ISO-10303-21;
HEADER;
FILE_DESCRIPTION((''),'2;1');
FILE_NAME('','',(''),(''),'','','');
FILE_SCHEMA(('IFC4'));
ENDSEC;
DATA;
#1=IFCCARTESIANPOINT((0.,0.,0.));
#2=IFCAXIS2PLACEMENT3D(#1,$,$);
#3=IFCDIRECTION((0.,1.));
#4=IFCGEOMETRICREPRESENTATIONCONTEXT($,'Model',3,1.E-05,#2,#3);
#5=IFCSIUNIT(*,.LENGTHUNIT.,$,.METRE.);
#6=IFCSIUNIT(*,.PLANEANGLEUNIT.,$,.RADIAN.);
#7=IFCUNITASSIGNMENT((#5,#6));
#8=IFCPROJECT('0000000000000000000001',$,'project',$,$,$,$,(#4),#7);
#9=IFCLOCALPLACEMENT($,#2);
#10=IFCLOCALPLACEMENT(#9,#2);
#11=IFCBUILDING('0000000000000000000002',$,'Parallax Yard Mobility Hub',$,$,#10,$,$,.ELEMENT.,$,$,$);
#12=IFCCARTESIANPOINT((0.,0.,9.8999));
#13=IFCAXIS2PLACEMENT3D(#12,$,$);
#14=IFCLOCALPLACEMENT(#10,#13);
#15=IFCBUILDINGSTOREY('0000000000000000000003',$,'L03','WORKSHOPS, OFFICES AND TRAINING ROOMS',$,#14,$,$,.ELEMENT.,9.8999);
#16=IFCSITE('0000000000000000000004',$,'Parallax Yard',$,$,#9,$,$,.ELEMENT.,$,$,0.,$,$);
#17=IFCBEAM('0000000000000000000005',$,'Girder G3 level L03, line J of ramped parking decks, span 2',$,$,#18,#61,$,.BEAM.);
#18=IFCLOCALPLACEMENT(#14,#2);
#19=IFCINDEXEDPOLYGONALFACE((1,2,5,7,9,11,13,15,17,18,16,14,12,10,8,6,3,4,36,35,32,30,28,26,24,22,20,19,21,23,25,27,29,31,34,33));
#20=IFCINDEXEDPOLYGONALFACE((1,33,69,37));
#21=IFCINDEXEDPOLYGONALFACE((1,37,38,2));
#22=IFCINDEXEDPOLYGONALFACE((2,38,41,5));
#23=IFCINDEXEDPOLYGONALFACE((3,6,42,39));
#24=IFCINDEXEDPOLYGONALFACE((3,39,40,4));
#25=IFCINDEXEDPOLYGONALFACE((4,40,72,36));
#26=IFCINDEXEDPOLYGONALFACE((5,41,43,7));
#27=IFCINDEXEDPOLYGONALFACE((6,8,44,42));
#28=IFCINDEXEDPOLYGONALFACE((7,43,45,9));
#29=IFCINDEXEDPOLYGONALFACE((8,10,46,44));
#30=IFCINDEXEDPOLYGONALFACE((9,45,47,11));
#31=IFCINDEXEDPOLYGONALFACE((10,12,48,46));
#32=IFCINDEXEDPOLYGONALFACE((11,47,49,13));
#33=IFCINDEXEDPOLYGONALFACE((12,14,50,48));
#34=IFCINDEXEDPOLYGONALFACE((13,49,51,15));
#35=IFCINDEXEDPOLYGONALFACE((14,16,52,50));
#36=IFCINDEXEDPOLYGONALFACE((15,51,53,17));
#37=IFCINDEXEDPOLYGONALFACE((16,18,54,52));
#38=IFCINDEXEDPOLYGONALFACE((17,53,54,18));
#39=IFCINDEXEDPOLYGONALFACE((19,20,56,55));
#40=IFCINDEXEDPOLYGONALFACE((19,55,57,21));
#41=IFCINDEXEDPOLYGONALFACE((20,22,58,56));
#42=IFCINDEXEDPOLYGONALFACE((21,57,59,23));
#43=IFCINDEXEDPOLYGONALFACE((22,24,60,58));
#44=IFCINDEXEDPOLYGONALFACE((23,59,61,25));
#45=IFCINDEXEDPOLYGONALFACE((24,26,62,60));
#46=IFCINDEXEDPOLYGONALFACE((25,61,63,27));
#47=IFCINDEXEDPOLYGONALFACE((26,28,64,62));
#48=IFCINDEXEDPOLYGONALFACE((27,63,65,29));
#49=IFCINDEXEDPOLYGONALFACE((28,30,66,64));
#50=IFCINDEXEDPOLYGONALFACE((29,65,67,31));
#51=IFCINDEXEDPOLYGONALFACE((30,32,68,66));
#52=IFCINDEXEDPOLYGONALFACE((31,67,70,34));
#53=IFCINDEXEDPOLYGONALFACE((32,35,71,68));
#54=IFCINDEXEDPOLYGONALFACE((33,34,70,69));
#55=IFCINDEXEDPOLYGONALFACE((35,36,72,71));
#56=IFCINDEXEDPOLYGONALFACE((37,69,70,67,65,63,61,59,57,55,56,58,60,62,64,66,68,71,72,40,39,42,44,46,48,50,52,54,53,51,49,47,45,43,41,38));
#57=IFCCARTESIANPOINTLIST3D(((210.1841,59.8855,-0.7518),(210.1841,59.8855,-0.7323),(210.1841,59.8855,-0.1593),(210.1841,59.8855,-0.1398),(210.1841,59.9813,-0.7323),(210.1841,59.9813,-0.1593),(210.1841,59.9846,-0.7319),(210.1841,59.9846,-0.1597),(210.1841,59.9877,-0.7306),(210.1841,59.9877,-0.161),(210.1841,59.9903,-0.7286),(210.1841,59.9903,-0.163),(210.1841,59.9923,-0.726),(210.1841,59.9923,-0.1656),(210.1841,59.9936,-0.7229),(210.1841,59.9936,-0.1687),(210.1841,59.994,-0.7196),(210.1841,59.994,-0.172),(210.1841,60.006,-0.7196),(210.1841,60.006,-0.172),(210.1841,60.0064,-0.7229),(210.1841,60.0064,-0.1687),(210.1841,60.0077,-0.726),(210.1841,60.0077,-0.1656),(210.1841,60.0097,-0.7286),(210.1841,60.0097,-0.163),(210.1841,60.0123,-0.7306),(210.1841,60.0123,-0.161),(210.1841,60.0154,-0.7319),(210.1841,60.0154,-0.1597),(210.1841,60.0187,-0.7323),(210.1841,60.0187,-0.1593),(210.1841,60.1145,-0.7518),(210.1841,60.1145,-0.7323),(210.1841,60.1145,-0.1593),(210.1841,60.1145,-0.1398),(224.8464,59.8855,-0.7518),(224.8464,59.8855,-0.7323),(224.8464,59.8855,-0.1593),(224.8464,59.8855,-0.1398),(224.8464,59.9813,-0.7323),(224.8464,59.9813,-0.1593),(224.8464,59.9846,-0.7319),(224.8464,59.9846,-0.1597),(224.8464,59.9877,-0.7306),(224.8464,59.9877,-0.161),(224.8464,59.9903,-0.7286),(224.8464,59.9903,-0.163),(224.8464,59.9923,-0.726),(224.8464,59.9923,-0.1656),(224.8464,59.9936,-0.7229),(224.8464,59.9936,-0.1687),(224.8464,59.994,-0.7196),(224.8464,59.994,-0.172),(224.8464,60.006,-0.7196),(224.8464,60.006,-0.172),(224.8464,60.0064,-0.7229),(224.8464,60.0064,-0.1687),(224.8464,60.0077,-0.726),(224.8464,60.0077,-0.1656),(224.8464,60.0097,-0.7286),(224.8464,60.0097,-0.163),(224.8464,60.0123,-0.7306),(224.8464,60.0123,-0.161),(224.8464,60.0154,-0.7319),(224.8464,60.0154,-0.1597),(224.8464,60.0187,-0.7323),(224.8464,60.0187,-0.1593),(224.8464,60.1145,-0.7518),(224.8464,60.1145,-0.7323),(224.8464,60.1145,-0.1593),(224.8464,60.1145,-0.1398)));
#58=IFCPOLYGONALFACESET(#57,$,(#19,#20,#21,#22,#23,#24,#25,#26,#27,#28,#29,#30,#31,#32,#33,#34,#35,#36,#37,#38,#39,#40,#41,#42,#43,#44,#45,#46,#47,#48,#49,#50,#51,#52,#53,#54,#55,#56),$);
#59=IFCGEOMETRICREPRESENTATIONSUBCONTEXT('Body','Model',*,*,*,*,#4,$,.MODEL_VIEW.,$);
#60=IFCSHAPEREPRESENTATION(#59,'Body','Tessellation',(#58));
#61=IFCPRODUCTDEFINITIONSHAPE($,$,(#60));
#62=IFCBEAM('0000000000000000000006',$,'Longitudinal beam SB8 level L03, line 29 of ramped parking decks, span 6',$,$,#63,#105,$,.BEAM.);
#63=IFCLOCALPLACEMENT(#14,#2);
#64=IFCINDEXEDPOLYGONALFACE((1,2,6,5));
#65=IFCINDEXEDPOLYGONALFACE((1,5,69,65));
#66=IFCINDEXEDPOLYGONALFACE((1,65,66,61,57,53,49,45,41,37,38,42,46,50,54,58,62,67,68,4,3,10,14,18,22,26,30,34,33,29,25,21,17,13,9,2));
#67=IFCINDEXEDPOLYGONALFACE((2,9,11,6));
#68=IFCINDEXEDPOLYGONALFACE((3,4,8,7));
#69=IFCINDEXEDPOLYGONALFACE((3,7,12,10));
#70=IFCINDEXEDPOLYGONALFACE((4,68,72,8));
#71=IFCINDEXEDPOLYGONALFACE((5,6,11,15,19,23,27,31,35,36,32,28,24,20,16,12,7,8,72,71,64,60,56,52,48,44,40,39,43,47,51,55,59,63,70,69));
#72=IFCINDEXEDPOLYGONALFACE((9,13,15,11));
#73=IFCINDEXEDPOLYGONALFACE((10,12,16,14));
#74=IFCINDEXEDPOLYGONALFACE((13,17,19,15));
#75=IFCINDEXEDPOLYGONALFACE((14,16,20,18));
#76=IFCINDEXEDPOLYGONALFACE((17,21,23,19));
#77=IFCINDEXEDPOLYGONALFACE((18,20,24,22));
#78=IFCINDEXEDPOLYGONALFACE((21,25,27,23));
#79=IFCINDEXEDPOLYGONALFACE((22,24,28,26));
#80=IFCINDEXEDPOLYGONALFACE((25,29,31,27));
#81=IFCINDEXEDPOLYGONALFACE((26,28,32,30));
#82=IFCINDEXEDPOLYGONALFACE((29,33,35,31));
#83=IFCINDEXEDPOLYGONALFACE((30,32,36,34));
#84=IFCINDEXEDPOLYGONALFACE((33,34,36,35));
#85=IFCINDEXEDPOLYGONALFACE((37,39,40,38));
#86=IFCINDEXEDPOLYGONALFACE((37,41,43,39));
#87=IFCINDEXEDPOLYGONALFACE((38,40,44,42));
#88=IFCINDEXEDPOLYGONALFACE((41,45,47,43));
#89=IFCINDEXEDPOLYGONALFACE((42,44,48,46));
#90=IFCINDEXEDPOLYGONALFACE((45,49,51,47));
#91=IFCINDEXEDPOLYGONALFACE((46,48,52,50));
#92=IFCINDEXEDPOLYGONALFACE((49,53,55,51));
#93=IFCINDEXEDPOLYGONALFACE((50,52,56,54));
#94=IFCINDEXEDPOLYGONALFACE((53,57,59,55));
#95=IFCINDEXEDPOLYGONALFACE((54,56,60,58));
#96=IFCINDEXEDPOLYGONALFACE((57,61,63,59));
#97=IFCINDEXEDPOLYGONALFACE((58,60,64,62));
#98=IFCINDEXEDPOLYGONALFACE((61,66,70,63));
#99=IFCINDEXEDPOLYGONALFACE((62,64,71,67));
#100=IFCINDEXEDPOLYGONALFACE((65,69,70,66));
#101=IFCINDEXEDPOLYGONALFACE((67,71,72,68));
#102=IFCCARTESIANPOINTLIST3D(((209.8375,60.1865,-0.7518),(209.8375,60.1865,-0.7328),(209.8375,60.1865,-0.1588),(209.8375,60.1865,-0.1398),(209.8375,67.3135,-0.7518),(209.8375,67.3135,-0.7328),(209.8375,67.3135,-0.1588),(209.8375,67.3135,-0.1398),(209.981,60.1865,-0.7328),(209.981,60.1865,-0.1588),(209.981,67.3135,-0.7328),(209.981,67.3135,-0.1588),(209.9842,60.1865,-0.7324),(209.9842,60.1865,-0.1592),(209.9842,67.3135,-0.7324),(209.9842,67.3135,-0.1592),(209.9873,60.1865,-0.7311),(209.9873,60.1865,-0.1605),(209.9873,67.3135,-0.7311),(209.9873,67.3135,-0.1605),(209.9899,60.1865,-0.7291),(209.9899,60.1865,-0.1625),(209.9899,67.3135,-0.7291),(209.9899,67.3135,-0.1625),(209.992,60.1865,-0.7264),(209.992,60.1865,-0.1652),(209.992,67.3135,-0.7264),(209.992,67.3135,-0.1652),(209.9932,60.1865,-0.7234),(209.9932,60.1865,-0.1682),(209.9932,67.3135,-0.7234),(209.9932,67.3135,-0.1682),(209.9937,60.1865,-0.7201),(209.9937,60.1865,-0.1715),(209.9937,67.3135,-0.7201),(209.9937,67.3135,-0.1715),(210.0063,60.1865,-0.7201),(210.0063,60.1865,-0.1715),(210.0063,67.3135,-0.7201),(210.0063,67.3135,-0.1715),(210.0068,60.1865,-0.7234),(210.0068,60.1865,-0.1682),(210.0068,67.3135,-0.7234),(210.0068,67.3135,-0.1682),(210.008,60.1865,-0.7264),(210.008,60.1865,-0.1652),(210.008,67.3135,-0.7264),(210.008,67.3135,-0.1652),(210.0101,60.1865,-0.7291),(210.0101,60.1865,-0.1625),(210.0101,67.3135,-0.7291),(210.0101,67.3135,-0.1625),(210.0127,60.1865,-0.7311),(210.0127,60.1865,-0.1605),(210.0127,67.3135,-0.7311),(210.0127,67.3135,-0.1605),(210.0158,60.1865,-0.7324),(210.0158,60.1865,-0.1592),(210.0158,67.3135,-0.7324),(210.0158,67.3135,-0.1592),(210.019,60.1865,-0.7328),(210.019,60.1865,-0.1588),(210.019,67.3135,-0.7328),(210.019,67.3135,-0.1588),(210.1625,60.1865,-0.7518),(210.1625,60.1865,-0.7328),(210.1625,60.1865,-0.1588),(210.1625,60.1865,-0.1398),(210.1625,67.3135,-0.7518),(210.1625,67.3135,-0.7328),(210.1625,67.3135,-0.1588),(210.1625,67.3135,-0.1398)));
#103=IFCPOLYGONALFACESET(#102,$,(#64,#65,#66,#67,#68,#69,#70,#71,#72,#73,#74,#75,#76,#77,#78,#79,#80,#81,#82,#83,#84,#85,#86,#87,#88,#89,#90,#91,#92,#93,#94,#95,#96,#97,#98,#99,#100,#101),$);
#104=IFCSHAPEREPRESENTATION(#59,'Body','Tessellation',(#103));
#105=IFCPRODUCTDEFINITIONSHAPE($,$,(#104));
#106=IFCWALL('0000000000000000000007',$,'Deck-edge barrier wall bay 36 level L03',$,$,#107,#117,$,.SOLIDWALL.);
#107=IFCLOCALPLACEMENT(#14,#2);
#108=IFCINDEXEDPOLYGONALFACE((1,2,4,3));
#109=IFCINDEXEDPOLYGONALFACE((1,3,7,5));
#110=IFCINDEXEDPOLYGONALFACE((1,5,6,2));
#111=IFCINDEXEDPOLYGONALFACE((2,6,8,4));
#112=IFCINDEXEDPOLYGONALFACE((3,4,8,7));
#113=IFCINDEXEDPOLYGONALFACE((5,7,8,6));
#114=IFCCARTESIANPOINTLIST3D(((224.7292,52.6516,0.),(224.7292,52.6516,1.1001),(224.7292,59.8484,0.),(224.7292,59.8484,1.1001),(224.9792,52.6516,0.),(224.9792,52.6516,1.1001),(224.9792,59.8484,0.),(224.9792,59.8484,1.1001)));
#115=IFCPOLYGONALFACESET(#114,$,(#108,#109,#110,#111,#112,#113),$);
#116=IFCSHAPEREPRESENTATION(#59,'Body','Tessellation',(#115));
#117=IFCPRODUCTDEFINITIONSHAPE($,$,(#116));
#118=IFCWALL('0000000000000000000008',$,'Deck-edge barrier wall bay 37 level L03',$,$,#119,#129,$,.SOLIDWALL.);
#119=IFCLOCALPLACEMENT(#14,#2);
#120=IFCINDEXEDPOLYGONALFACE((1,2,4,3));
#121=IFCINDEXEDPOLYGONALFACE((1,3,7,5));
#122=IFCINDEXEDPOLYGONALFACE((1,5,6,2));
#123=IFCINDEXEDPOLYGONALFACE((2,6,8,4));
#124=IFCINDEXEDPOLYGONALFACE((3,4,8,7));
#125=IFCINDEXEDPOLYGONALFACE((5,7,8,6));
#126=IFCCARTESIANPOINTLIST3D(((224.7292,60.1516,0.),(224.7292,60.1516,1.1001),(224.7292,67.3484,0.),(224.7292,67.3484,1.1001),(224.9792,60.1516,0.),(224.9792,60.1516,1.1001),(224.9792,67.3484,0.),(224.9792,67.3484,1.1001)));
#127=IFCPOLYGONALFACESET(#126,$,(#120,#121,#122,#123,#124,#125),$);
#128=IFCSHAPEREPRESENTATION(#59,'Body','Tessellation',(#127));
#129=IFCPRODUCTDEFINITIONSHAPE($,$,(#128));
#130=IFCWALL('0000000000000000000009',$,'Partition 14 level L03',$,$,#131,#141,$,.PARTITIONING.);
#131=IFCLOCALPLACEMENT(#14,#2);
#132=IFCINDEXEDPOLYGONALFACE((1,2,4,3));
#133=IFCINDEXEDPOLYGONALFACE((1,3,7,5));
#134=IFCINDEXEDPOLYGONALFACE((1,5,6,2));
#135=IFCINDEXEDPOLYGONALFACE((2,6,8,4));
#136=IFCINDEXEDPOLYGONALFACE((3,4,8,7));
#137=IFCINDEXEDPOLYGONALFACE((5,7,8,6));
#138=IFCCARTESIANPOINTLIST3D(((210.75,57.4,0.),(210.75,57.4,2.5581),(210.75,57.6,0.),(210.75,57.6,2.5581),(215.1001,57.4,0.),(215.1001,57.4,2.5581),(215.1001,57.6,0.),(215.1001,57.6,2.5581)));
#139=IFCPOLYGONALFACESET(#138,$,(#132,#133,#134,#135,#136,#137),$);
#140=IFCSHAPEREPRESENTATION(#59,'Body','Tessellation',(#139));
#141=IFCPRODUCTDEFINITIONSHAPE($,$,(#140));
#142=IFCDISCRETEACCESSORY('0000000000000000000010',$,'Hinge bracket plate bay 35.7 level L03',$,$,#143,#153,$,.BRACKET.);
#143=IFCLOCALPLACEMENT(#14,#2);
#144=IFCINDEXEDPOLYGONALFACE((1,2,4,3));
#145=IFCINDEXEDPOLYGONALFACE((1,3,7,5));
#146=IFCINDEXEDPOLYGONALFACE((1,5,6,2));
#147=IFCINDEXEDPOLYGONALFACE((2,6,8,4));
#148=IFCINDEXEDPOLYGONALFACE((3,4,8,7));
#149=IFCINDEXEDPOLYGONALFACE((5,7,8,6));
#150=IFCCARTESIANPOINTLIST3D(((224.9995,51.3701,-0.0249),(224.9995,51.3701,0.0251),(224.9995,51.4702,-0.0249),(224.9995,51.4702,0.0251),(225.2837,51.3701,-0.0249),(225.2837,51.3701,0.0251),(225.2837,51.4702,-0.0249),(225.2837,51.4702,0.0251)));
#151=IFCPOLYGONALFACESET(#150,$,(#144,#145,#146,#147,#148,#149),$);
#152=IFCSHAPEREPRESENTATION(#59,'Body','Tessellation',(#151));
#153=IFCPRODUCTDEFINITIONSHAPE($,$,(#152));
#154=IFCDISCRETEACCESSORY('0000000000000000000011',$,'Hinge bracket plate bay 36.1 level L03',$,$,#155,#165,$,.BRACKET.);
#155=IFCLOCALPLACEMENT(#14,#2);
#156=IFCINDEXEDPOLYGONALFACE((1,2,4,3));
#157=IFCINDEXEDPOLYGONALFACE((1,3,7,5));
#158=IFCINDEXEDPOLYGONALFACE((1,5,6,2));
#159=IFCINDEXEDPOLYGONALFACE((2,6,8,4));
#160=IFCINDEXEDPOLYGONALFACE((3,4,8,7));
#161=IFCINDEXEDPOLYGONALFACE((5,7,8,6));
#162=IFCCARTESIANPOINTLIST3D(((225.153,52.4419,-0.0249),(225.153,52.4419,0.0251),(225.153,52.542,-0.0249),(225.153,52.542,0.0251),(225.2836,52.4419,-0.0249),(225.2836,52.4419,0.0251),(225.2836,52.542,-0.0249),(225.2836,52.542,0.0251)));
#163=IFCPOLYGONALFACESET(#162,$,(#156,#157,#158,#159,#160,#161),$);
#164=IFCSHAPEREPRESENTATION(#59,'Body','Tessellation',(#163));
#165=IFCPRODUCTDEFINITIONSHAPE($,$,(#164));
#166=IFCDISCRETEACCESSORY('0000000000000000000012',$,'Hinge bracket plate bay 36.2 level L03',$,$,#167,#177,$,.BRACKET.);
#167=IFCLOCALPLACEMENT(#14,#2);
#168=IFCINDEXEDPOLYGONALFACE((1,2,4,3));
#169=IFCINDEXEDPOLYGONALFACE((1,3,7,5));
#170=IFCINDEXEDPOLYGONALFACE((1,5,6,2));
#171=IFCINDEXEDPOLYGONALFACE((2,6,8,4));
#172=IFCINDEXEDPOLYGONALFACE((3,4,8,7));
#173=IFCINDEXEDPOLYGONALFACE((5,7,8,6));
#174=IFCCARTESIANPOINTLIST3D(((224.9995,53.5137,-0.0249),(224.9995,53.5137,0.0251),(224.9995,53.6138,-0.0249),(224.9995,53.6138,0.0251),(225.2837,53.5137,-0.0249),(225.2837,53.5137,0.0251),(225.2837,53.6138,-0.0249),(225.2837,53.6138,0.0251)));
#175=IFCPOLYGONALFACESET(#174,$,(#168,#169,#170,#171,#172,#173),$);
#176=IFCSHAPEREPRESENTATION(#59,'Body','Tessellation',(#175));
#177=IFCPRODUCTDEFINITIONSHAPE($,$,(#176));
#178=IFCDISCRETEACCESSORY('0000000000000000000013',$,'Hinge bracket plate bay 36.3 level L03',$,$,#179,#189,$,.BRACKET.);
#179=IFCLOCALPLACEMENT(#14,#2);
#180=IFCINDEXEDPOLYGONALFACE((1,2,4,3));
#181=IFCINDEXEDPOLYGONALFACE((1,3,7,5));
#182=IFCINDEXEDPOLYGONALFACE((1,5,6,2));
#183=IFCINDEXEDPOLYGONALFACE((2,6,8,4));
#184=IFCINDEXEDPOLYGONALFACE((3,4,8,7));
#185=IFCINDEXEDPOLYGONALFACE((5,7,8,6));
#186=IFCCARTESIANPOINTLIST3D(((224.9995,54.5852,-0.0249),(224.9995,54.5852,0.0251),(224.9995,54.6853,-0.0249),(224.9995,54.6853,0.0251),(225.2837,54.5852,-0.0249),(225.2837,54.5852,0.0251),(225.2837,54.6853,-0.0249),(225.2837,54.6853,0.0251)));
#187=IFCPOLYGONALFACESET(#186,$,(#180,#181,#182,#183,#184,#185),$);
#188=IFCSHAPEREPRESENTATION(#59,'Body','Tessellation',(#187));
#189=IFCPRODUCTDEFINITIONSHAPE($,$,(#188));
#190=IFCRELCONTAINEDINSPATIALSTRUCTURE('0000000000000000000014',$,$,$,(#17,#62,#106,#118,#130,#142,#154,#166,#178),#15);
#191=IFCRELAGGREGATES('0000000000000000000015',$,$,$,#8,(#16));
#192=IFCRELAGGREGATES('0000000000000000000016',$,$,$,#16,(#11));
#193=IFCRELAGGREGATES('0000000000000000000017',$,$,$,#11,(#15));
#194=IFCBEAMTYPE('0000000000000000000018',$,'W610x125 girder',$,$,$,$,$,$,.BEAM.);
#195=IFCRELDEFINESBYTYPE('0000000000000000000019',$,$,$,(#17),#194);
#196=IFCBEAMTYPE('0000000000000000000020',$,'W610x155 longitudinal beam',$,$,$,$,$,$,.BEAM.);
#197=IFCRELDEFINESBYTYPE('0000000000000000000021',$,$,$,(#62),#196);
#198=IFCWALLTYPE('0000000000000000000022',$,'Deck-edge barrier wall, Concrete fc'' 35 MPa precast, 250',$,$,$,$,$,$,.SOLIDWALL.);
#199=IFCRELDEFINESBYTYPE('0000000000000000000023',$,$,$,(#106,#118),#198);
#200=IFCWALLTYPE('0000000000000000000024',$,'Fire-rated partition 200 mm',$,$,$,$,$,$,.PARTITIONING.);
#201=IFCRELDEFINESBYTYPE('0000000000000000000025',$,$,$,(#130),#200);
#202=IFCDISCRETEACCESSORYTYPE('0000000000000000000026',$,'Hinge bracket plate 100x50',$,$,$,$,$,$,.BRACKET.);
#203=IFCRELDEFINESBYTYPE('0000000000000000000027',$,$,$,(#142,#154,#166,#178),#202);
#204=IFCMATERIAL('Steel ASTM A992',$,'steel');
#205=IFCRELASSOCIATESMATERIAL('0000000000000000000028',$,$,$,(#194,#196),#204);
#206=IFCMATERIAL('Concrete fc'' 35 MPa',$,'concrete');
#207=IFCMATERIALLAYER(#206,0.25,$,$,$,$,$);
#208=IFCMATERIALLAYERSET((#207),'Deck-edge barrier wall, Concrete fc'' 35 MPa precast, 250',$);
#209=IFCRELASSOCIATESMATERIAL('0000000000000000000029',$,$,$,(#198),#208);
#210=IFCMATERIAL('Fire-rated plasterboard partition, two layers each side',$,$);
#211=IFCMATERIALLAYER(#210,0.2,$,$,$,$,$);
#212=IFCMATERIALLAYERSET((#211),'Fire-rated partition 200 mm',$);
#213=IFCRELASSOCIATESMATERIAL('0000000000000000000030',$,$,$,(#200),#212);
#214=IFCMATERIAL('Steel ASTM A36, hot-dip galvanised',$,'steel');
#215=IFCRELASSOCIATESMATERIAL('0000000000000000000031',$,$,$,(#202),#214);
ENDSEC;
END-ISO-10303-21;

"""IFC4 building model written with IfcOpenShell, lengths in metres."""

from ifc_helpers import new_model, si_unit, direction, frame, frame_2d, origin, origin_2d, place, context, subcontext, project, spatial, rectangle, i_section, extrude, material, layer, layer_set, material_profile, profile_set, type_object, element, save


model = new_model("IFC4")

# Units and contexts
model_context = context("Model", 3, precision=1e-05, world=origin(), true_north=direction((0.0, 1.0)))
body_context = subcontext(model_context, "Body", "Model", "MODEL_VIEW")
ifc_project = project(units=[si_unit("LENGTHUNIT", "METRE"), si_unit("PLANEANGLEUNIT", "RADIAN")], contexts=[model_context])

# Site, building, storey
site_placement = place(None, origin())
site = spatial("IfcSite", under=ifc_project, at=site_placement, Name="Parallax Yard", CompositionType="ELEMENT", RefElevation=0.0)
building_placement = place(site_placement, origin())
building = spatial("IfcBuilding", under=site, at=building_placement, Name="Parallax Yard Mobility Hub", CompositionType="ELEMENT")
storey_placement = place(building_placement, frame((0.0, 0.0, 9.8999)))
storey = spatial("IfcBuildingStorey", under=building, at=storey_placement, Name="L03", Description="WORKSHOPS, OFFICES AND TRAINING ROOMS", CompositionType="ELEMENT", Elevation=9.8999)

# Shared definitions
ifc_material_1 = material(Name="Steel ASTM A992", Category="steel")

# Beams
ifc_material_profile_1 = material_profile(ifc_material_1, i_section(OverallWidth=0.229, OverallDepth=0.6121, WebThickness=0.012, FlangeThickness=0.0195, FilletRadius=0.0127, at=origin_2d()), Name="W610x125")
ifc_profile_set_1 = profile_set([ifc_material_profile_1], Name="Steel ASTM A992")
beam_type_1 = type_object("IfcBeamType", Name="W610x125 girder", PredefinedType="BEAM", material=ifc_profile_set_1)
for number, where, z_axis, x_axis, name in (
    (1, (210.1841, 60.0, -0.4458), (1.0, 0.0, 0.0), (0.0, 1.0, 0.0), "Girder G3 level L03, line J of ramped parking decks, span 2"),
):
    element("IfcBeam", number, at=place(storey_placement, frame(where, z_axis=z_axis, x_axis=x_axis)), inside=storey, type_object=beam_type_1, Name=name, PredefinedType="BEAM", context=body_context, shape_type="SweptSolid", body=[
        extrude(i_section(OverallWidth=0.229, OverallDepth=0.6121, WebThickness=0.012, FlangeThickness=0.0195, FilletRadius=0.0127, at=origin_2d()), origin(), (0.0, 0.0, 1.0), 14.6624),
    ])
ifc_material_profile_2 = material_profile(ifc_material_1, i_section(OverallWidth=0.325, OverallDepth=0.6121, WebThickness=0.0127, FlangeThickness=0.019, FilletRadius=0.0127, at=origin_2d()), Name="W610x155")
ifc_profile_set_2 = profile_set([ifc_material_profile_2], Name="Steel ASTM A992")
beam_type_2 = type_object("IfcBeamType", Name="W610x155 longitudinal beam", PredefinedType="BEAM", material=ifc_profile_set_2)
beam_placement = place(storey_placement, frame((210.0, 60.1865, -0.4458), z_axis=(0.0, 1.0, 0.0), x_axis=(-1.0, 0.0, 0.0)))
element("IfcBeam", 2, at=beam_placement, inside=storey, type_object=beam_type_2, Name="Longitudinal beam SB8 level L03, line 29 of ramped parking decks, span 6", PredefinedType="BEAM", context=body_context, shape_type="SweptSolid", body=[
    extrude(i_section(OverallWidth=0.325, OverallDepth=0.6121, WebThickness=0.0127, FlangeThickness=0.019, FilletRadius=0.0127, at=origin_2d()), origin(), (0.0, 0.0, 1.0), 7.127),
])

# Walls
ifc_material_2 = material(Name="Concrete fc' 35 MPa", Category="concrete")
ifc_layer_1 = layer(ifc_material_2, 0.25)
ifc_layer_set_1 = layer_set([ifc_layer_1], Name="Deck-edge barrier wall, Concrete fc' 35 MPa precast, 250")
wall_type_1 = type_object("IfcWallType", Name="Deck-edge barrier wall, Concrete fc' 35 MPa precast, 250", PredefinedType="SOLIDWALL", material=ifc_layer_set_1)
for number, where, z_axis, x_axis, name in (
    (3, (224.8542, 52.6516, 0.0), (0.0, 0.0, 1.0), (0.0, 1.0, 0.0), "Deck-edge barrier wall bay 36 level L03"),
    (4, (224.8542, 60.1516, 0.0), (0.0, 0.0, 1.0), (0.0, 1.0, 0.0), "Deck-edge barrier wall bay 37 level L03"),
):
    element("IfcWall", number, at=place(storey_placement, frame(where, z_axis=z_axis, x_axis=x_axis)), inside=storey, type_object=wall_type_1, Name=name, PredefinedType="SOLIDWALL", context=body_context, shape_type="SweptSolid", body=[
        extrude(rectangle(XDim=7.1968, YDim=0.25, at=frame_2d((3.5984, 0.0))), origin(), (0.0, 0.0, 1.0), 1.1001),
    ])
ifc_material_3 = material(Name="Fire-rated plasterboard partition, two layers each side")
ifc_layer_2 = layer(ifc_material_3, 0.2)
ifc_layer_set_2 = layer_set([ifc_layer_2], Name="Fire-rated partition 200 mm")
wall_type_2 = type_object("IfcWallType", Name="Fire-rated partition 200 mm", PredefinedType="PARTITIONING", material=ifc_layer_set_2)
wall_placement = place(storey_placement, frame((210.75, 57.5, 0.0), z_axis=(0.0, 0.0, 1.0), x_axis=(1.0, 0.0, 0.0)))
element("IfcWall", 5, at=wall_placement, inside=storey, type_object=wall_type_2, Name="Partition 14 level L03", PredefinedType="PARTITIONING", context=body_context, shape_type="SweptSolid", body=[
    extrude(rectangle(XDim=4.3501, YDim=0.2, at=frame_2d((2.175, 0.0))), origin(), (0.0, 0.0, 1.0), 2.5581),
])

# Discrete accessories
ifc_material_4 = material(Name="Steel ASTM A36, hot-dip galvanised", Category="steel")
discrete_accessory_type_1 = type_object("IfcDiscreteAccessoryType", Name="Hinge bracket plate 100x50", PredefinedType="BRACKET", material=ifc_material_4)
discrete_accessory_1_placement = place(storey_placement, frame((225.1416, 51.4202, -0.0249), z_axis=(0.0, 0.0, 1.0), x_axis=(1.0, 0.0, 0.0)))
element("IfcDiscreteAccessory", 6, at=discrete_accessory_1_placement, inside=storey, type_object=discrete_accessory_type_1, Name="Hinge bracket plate bay 35.7 level L03", PredefinedType="BRACKET", context=body_context, shape_type="SweptSolid", body=[
    extrude(rectangle(XDim=0.2842, YDim=0.1001, at=origin_2d()), origin(), (0.0, 0.0, 1.0), 0.05),
])
discrete_accessory_2_placement = place(storey_placement, frame((225.2183, 52.4919, -0.0249), z_axis=(0.0, 0.0, 1.0), x_axis=(1.0, 0.0, 0.0)))
element("IfcDiscreteAccessory", 7, at=discrete_accessory_2_placement, inside=storey, type_object=discrete_accessory_type_1, Name="Hinge bracket plate bay 36.1 level L03", PredefinedType="BRACKET", context=body_context, shape_type="SweptSolid", body=[
    extrude(rectangle(XDim=0.1306, YDim=0.1001, at=origin_2d()), origin(), (0.0, 0.0, 1.0), 0.05),
])
for number, where, z_axis, x_axis, name in (
    (8, (225.1416, 53.5637, -0.0249), (0.0, 0.0, 1.0), (1.0, 0.0, 0.0), "Hinge bracket plate bay 36.2 level L03"),
    (9, (225.1416, 54.6353, -0.0249), (0.0, 0.0, 1.0), (1.0, 0.0, 0.0), "Hinge bracket plate bay 36.3 level L03"),
):
    element("IfcDiscreteAccessory", number, at=place(storey_placement, frame(where, z_axis=z_axis, x_axis=x_axis)), inside=storey, type_object=discrete_accessory_type_1, Name=name, PredefinedType="BRACKET", context=body_context, shape_type="SweptSolid", body=[
        extrude(rectangle(XDim=0.2842, YDim=0.1001, at=origin_2d()), origin(), (0.0, 0.0, 1.0), 0.05),
    ])

save(model, "model.ifc")
